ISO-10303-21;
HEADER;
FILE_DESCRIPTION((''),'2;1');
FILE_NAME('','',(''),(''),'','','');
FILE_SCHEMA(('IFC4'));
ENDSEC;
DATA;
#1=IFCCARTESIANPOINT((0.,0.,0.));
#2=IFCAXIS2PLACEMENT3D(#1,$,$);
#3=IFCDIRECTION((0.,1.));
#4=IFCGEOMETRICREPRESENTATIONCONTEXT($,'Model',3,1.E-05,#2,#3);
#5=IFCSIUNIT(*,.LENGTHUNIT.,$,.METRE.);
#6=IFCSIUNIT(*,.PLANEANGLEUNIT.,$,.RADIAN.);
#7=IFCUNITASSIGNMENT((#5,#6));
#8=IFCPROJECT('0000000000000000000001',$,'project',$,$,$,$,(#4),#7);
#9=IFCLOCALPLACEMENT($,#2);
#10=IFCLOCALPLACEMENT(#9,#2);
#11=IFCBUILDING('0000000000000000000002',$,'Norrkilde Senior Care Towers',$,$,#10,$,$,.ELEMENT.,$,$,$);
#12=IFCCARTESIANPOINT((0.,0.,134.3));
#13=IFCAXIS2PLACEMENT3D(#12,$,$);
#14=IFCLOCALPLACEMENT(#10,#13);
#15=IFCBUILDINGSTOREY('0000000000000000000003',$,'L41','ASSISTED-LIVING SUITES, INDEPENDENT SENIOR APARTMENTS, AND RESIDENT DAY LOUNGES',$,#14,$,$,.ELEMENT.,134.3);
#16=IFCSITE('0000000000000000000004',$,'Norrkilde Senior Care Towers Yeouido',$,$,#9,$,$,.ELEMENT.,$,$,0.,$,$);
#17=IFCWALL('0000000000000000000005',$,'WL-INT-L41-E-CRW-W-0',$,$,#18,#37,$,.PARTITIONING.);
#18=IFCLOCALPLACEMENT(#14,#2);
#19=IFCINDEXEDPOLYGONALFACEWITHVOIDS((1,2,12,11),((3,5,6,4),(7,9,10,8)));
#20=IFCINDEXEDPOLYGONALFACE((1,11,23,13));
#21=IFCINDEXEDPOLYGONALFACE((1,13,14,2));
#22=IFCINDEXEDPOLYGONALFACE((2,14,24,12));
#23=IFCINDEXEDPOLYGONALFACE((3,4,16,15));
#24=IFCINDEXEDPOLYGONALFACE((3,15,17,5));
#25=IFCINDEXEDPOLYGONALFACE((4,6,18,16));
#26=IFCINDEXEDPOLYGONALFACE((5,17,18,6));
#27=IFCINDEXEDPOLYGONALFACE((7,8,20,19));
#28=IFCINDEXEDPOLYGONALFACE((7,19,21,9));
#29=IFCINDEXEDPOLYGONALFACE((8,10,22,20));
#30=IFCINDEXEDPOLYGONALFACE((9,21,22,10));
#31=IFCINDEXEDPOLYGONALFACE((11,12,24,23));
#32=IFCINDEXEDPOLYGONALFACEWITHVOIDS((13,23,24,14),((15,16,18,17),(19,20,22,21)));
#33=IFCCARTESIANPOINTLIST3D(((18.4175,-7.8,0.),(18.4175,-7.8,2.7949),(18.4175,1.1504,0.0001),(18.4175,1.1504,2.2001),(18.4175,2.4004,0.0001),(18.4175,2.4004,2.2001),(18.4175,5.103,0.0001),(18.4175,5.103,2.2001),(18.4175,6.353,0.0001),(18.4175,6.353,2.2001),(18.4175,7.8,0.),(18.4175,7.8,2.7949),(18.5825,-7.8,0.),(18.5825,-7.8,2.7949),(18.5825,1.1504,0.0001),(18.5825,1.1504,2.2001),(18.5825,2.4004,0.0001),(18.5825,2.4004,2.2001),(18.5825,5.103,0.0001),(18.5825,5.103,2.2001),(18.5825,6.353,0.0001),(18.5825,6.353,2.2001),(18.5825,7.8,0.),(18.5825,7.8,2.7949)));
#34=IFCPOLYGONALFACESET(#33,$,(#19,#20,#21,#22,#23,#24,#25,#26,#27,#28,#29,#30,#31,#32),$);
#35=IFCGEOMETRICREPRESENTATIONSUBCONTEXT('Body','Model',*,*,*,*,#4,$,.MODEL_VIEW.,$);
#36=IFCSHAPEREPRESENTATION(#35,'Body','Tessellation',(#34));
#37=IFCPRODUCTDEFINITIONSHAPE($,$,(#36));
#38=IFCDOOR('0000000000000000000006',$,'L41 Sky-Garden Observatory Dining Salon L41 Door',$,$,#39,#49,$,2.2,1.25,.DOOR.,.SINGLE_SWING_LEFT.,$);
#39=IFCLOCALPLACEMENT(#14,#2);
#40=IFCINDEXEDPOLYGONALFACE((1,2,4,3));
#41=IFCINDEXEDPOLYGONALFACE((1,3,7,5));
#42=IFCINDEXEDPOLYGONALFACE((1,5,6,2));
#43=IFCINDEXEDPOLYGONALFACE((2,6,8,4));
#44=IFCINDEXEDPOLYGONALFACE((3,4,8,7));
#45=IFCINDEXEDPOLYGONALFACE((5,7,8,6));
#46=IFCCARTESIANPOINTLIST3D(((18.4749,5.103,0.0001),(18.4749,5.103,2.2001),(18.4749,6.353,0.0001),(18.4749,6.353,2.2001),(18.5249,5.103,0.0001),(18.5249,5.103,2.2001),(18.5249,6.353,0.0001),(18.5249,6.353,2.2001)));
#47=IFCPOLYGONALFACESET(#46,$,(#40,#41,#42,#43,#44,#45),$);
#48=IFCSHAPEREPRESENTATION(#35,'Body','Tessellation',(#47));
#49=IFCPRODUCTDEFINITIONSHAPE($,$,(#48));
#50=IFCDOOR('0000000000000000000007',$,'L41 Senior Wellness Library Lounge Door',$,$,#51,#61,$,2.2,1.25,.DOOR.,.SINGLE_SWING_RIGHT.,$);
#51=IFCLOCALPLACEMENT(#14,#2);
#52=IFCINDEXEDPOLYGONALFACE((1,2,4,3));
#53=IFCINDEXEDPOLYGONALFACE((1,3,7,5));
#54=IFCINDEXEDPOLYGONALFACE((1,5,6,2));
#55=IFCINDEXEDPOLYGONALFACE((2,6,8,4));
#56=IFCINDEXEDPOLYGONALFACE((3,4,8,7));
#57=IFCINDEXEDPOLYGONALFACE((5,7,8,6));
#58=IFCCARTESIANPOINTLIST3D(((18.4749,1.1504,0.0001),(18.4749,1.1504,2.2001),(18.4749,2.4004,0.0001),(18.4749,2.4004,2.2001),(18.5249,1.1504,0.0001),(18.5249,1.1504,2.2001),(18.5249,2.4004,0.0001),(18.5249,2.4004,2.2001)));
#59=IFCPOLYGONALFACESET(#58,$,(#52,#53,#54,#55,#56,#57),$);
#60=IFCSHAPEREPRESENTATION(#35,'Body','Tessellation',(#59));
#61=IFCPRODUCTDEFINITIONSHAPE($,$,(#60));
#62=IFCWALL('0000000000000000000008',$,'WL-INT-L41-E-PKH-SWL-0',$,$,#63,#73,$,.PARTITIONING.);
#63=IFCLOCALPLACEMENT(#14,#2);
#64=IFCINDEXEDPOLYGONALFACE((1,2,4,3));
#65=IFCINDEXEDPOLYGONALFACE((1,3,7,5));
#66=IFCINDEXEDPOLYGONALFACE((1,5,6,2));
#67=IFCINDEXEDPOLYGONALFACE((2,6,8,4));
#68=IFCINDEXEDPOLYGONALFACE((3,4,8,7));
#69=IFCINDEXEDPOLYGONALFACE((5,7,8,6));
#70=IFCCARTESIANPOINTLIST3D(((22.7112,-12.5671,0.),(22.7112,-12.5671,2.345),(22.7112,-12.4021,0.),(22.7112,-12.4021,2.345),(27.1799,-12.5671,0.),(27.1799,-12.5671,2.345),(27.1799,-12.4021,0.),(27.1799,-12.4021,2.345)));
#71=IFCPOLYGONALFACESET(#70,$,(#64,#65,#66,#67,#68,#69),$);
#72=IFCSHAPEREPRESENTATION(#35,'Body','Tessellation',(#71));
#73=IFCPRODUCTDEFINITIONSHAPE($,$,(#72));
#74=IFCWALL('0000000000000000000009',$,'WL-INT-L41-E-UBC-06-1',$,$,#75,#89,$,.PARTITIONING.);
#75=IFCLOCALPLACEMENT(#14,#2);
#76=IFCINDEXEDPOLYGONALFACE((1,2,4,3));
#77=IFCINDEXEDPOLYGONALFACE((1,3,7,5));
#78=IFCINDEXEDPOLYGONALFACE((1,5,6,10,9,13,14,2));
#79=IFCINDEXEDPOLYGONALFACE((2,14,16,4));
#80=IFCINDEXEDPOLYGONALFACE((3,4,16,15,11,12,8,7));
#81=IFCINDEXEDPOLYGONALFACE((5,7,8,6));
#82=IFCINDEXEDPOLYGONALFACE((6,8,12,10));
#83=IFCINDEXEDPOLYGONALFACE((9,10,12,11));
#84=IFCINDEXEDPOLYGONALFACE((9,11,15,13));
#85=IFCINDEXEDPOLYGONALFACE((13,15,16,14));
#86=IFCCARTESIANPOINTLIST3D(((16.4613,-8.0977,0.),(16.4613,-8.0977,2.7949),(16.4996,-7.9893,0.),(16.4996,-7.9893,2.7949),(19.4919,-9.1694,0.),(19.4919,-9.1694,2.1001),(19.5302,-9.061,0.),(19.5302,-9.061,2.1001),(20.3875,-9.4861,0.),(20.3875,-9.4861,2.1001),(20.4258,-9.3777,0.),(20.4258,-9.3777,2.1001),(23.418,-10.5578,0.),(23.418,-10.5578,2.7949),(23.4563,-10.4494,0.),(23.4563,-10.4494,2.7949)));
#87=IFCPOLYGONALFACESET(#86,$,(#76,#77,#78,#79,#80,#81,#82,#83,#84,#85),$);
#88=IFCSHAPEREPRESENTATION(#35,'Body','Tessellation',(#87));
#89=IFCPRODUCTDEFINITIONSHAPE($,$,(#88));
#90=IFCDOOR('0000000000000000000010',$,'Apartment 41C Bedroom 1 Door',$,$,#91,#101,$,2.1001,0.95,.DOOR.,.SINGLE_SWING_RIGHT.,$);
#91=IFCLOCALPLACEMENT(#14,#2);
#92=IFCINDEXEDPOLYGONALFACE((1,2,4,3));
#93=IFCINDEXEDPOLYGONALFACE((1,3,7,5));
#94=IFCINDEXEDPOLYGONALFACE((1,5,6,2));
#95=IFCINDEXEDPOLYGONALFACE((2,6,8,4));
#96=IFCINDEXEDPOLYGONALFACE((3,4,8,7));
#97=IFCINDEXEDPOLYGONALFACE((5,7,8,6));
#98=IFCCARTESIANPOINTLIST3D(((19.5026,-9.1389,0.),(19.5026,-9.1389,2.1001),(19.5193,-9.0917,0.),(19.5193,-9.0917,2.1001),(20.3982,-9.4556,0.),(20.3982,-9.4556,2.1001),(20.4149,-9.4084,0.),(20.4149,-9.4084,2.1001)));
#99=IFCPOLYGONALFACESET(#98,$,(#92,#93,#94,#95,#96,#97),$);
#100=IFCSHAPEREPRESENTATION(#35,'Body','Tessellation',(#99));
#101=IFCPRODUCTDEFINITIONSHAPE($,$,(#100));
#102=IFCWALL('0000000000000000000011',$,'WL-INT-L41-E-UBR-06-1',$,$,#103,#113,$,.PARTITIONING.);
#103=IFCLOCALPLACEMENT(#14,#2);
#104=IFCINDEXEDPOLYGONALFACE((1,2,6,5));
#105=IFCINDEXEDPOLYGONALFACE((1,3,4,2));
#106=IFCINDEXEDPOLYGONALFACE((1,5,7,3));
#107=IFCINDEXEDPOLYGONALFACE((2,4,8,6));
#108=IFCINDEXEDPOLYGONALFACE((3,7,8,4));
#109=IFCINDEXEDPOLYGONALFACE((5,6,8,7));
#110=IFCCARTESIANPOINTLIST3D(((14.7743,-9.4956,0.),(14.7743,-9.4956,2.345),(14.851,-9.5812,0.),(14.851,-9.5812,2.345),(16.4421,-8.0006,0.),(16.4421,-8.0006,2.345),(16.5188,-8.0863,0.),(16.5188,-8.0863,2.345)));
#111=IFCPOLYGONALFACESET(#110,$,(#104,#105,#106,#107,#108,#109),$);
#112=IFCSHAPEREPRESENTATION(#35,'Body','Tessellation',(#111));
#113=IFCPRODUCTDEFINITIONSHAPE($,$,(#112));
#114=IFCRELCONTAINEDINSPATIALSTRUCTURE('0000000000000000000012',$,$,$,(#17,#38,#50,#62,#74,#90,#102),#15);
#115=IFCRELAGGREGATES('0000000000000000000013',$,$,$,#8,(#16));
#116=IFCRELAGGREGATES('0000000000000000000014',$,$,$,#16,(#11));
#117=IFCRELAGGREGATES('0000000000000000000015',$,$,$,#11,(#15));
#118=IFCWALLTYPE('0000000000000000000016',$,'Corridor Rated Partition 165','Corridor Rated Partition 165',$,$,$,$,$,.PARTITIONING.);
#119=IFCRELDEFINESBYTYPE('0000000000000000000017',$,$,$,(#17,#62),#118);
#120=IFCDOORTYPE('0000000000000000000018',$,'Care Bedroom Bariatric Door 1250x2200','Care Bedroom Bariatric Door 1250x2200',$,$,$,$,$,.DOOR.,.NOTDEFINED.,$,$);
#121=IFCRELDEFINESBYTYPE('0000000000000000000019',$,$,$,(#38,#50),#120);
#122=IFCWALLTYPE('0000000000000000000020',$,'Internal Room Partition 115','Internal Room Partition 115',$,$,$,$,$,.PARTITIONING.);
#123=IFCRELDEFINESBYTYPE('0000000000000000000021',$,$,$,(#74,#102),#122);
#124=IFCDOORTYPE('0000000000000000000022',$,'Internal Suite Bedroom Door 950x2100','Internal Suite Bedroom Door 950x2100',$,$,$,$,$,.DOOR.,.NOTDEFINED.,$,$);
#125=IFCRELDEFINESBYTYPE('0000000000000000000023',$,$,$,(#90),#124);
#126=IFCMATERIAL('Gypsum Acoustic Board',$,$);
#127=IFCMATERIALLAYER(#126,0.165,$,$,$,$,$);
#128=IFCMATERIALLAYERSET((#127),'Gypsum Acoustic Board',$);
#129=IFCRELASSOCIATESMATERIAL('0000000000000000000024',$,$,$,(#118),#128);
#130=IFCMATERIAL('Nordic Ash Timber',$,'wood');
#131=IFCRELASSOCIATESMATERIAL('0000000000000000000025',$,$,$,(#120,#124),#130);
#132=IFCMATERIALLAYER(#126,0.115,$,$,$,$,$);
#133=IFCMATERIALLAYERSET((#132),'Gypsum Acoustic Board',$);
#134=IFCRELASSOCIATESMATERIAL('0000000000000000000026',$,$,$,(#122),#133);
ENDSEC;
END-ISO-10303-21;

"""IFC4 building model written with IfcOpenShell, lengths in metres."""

from ifc_helpers import new_model, si_unit, direction, frame, frame_2d, origin, place, context, subcontext, project, spatial, rectangle, extrude, source, transform, mapped, material, layer, layer_set, type_object, type_shapes, element, fill, save


model = new_model("IFC4")

# Units and contexts
model_context = context("Model", 3, precision=1e-05, world=origin(), true_north=direction((0.0, 1.0)))
body_context = subcontext(model_context, "Body", "Model", "MODEL_VIEW")
ifc_project = project(units=[si_unit("LENGTHUNIT", "METRE"), si_unit("PLANEANGLEUNIT", "RADIAN")], contexts=[model_context])

# Site, building, storey
site_placement = place(None, origin())
site = spatial("IfcSite", under=ifc_project, at=site_placement, Name="Norrkilde Senior Care Towers Yeouido", CompositionType="ELEMENT", RefElevation=0.0)
building_placement = place(site_placement, origin())
building = spatial("IfcBuilding", under=site, at=building_placement, Name="Norrkilde Senior Care Towers", CompositionType="ELEMENT")
storey_placement = place(building_placement, frame((0.0, 0.0, 134.3)))
storey = spatial("IfcBuildingStorey", under=building, at=storey_placement, Name="L41", Description="ASSISTED-LIVING SUITES, INDEPENDENT SENIOR APARTMENTS, AND RESIDENT DAY LOUNGES", CompositionType="ELEMENT", Elevation=134.3)

# Wall, openings, doors
ifc_material_1 = material(Name="Gypsum Acoustic Board")
ifc_layer_1 = layer(ifc_material_1, 0.165)
ifc_layer_set_1 = layer_set([ifc_layer_1], Name="Gypsum Acoustic Board")
wall_type_1 = type_object("IfcWallType", Name="Corridor Rated Partition 165", Description="Corridor Rated Partition 165", PredefinedType="PARTITIONING", material=ifc_layer_set_1)
shared_shape_1 = source(origin(), body_context, "Body", "SweptSolid", [
    extrude(rectangle(XDim=15.6001, YDim=0.165, at=frame_2d((7.8, 0.0))), origin(), (0.0, 0.0, 1.0), 2.7949),
])
wall_1_placement = place(storey_placement, frame((18.5, -7.8, 0.0), z_axis=(0.0, 0.0, 1.0), x_axis=(0.0, 1.0, 0.0)))
wall_1 = element("IfcWall", 1, at=wall_1_placement, inside=storey, type_object=wall_type_1, Name="WL-INT-L41-E-CRW-W-0", PredefinedType="PARTITIONING", context=body_context, shape_type="MappedRepresentation", body=[
    mapped(shared_shape_1, transform((0.0, 0.0, 0.0), x_axis=(1.0, 0.0, 0.0), y_axis=(0.0, 1.0, 0.0), z_axis=(0.0, 0.0, 1.0), scale=1.0)),
])
opening_1_placement = place(wall_1_placement, frame((12.9031, 0.0, 0.0)))
opening_1 = element("IfcOpeningElement", 2, at=opening_1_placement, cuts=wall_1, PredefinedType="OPENING", context=body_context, shape_type="SweptSolid", body=[
    extrude(rectangle(XDim=1.25, YDim=2.2, at=frame_2d((0.625, 1.1001))), frame((0.0, 0.0925, 0.0), z_axis=(0.0, -1.0, 0.0), x_axis=(1.0, 0.0, 0.0)), (0.0, 0.0, 1.0), 0.1851),
])
opening_2_placement = place(wall_1_placement, frame((8.9504, 0.0, 0.0)))
opening_2 = element("IfcOpeningElement", 3, at=opening_2_placement, cuts=wall_1, PredefinedType="OPENING", context=body_context, shape_type="SweptSolid", body=[
    extrude(rectangle(XDim=1.25, YDim=2.2, at=frame_2d((0.625, 1.1001))), frame((0.0, 0.0925, 0.0), z_axis=(0.0, -1.0, 0.0), x_axis=(1.0, 0.0, 0.0)), (0.0, 0.0, 1.0), 0.1851),
])
ifc_material_2 = material(Name="Nordic Ash Timber", Category="wood")
door_type_1 = type_object("IfcDoorType", Name="Care Bedroom Bariatric Door 1250x2200", Description="Care Bedroom Bariatric Door 1250x2200", OperationType="NOTDEFINED", PredefinedType="DOOR", material=ifc_material_2)
shared_shape_2 = source(origin(), body_context, "Body", "SweptSolid", [
    extrude(rectangle(XDim=1.25, YDim=2.2, at=frame_2d((0.625, 1.1001))), frame((0.0, 0.0249, 0.0), z_axis=(0.0, -1.0, 0.0), x_axis=(1.0, 0.0, 0.0)), (0.0, 0.0, 1.0), 0.05),
])
type_shapes(door_type_1, [shared_shape_2])
door_1_placement = place(opening_1_placement, frame((1.25, 0.0, 0.0), z_axis=(0.0, 0.0, 1.0), x_axis=(-1.0, 0.0, 0.0)))
door_1 = element("IfcDoor", 4, at=door_1_placement, inside=storey, type_object=door_type_1, Name="L41 Sky-Garden Observatory Dining Salon L41 Door", OperationType="SINGLE_SWING_LEFT", OverallHeight=2.2, OverallWidth=1.25, PredefinedType="DOOR", context=body_context, shape_type="MappedRepresentation", body=[
    mapped(shared_shape_2, transform((0.0, 0.0, 0.0), x_axis=(1.0, 0.0, 0.0), y_axis=(0.0, 1.0, 0.0), z_axis=(0.0, 0.0, 1.0), scale=1.0)),
])
fill(opening_1, door_1)
door_2_placement = place(opening_2_placement, frame((1.25, 0.0, 0.0), z_axis=(0.0, 0.0, 1.0), x_axis=(-1.0, 0.0, 0.0)))
door_2 = element("IfcDoor", 5, at=door_2_placement, inside=storey, type_object=door_type_1, Name="L41 Senior Wellness Library Lounge Door", OperationType="SINGLE_SWING_RIGHT", OverallHeight=2.2, OverallWidth=1.25, PredefinedType="DOOR", context=body_context, shape_type="MappedRepresentation", body=[
    mapped(shared_shape_2, transform((0.0, 0.0, 0.0), x_axis=(1.0, 0.0, 0.0), y_axis=(0.0, 1.0, 0.0), z_axis=(0.0, 0.0, 1.0), scale=1.0)),
])
fill(opening_2, door_2)

# Wall
shared_shape_3 = source(origin(), body_context, "Body", "SweptSolid", [
    extrude(rectangle(XDim=4.4688, YDim=0.165, at=frame_2d((2.2344, 0.0))), origin(), (0.0, 0.0, 1.0), 2.345),
])
type_shapes(wall_type_1, [shared_shape_1, shared_shape_3])
wall_2_placement = place(storey_placement, frame((22.7112, -12.4846, 0.0), z_axis=(0.0, 0.0, 1.0), x_axis=(1.0, 0.0, 0.0)))
element("IfcWall", 6, at=wall_2_placement, inside=storey, type_object=wall_type_1, Name="WL-INT-L41-E-PKH-SWL-0", PredefinedType="PARTITIONING", context=body_context, shape_type="MappedRepresentation", body=[
    mapped(shared_shape_3, transform((0.0, 0.0, 0.0), x_axis=(1.0, 0.0, 0.0), y_axis=(0.0, 1.0, 0.0), z_axis=(0.0, 0.0, 1.0), scale=1.0)),
])

# Wall, opening, door
ifc_layer_2 = layer(ifc_material_1, 0.115)
ifc_layer_set_2 = layer_set([ifc_layer_2], Name="Gypsum Acoustic Board")
wall_type_2 = type_object("IfcWallType", Name="Internal Room Partition 115", Description="Internal Room Partition 115", PredefinedType="PARTITIONING", material=ifc_layer_set_2)
shared_shape_4 = source(origin(), body_context, "Body", "SweptSolid", [
    extrude(rectangle(XDim=7.3789, YDim=0.115, at=frame_2d((3.6895, 0.0))), origin(), (0.0, 0.0, 1.0), 2.7949),
])
wall_3_placement = place(storey_placement, frame((16.4805, -8.0435, 0.0), z_axis=(0.0, 0.0, 1.0), x_axis=(0.942783, -0.333407, 0.0)))
wall_3 = element("IfcWall", 7, at=wall_3_placement, inside=storey, type_object=wall_type_2, Name="WL-INT-L41-E-UBC-06-1", PredefinedType="PARTITIONING", context=body_context, shape_type="MappedRepresentation", body=[
    mapped(shared_shape_4, transform((0.0, 0.0, 0.0), x_axis=(1.0, 0.0, 0.0), y_axis=(0.0, 1.0, 0.0), z_axis=(0.0, 0.0, 1.0), scale=1.0)),
])
opening_3_placement = place(wall_3_placement, frame((3.2144, 0.0, 0.0)))
opening_3 = element("IfcOpeningElement", 8, at=opening_3_placement, cuts=wall_3, PredefinedType="OPENING", context=body_context, shape_type="SweptSolid", body=[
    extrude(rectangle(XDim=0.95, YDim=2.1001, at=frame_2d((0.4751, 1.05))), frame((0.0, 0.0674, 0.0), z_axis=(0.0, -1.0, 0.0), x_axis=(1.0, 0.0, 0.0)), (0.0, 0.0, 1.0), 0.135),
])
door_type_2 = type_object("IfcDoorType", Name="Internal Suite Bedroom Door 950x2100", Description="Internal Suite Bedroom Door 950x2100", OperationType="NOTDEFINED", PredefinedType="DOOR", material=ifc_material_2)
shared_shape_5 = source(origin(), body_context, "Body", "SweptSolid", [
    extrude(rectangle(XDim=0.95, YDim=2.1001, at=frame_2d((0.4751, 1.05))), frame((0.0, 0.0249, 0.0), z_axis=(0.0, -1.0, 0.0), x_axis=(1.0, 0.0, 0.0)), (0.0, 0.0, 1.0), 0.05),
])
type_shapes(door_type_2, [shared_shape_5])
door_3_placement = place(opening_3_placement, origin())
door_3 = element("IfcDoor", 9, at=door_3_placement, inside=storey, type_object=door_type_2, Name="Apartment 41C Bedroom 1 Door", OperationType="SINGLE_SWING_RIGHT", OverallHeight=2.1001, OverallWidth=0.95, PredefinedType="DOOR", context=body_context, shape_type="MappedRepresentation", body=[
    mapped(shared_shape_5, transform((0.0, 0.0, 0.0), x_axis=(1.0, 0.0, 0.0), y_axis=(0.0, 1.0, 0.0), z_axis=(0.0, 0.0, 1.0), scale=1.0)),
])
fill(opening_3, door_3)

# Wall
shared_shape_6 = source(origin(), body_context, "Body", "SweptSolid", [
    extrude(rectangle(XDim=2.2397, YDim=0.115, at=frame_2d((1.1199, 0.0))), origin(), (0.0, 0.0, 1.0), 2.345),
])
type_shapes(wall_type_2, [shared_shape_4, shared_shape_6])
wall_4_placement = place(storey_placement, frame((16.4805, -8.0435, 0.0), z_axis=(0.0, 0.0, 1.0), x_axis=(-0.744642, -0.667464, 0.0)))
element("IfcWall", 10, at=wall_4_placement, inside=storey, type_object=wall_type_2, Name="WL-INT-L41-E-UBR-06-1", PredefinedType="PARTITIONING", context=body_context, shape_type="MappedRepresentation", body=[
    mapped(shared_shape_6, transform((0.0, 0.0, 0.0), x_axis=(1.0, 0.0, 0.0), y_axis=(0.0, 1.0, 0.0), z_axis=(0.0, 0.0, 1.0), scale=1.0)),
])

save(model, "model.ifc")
